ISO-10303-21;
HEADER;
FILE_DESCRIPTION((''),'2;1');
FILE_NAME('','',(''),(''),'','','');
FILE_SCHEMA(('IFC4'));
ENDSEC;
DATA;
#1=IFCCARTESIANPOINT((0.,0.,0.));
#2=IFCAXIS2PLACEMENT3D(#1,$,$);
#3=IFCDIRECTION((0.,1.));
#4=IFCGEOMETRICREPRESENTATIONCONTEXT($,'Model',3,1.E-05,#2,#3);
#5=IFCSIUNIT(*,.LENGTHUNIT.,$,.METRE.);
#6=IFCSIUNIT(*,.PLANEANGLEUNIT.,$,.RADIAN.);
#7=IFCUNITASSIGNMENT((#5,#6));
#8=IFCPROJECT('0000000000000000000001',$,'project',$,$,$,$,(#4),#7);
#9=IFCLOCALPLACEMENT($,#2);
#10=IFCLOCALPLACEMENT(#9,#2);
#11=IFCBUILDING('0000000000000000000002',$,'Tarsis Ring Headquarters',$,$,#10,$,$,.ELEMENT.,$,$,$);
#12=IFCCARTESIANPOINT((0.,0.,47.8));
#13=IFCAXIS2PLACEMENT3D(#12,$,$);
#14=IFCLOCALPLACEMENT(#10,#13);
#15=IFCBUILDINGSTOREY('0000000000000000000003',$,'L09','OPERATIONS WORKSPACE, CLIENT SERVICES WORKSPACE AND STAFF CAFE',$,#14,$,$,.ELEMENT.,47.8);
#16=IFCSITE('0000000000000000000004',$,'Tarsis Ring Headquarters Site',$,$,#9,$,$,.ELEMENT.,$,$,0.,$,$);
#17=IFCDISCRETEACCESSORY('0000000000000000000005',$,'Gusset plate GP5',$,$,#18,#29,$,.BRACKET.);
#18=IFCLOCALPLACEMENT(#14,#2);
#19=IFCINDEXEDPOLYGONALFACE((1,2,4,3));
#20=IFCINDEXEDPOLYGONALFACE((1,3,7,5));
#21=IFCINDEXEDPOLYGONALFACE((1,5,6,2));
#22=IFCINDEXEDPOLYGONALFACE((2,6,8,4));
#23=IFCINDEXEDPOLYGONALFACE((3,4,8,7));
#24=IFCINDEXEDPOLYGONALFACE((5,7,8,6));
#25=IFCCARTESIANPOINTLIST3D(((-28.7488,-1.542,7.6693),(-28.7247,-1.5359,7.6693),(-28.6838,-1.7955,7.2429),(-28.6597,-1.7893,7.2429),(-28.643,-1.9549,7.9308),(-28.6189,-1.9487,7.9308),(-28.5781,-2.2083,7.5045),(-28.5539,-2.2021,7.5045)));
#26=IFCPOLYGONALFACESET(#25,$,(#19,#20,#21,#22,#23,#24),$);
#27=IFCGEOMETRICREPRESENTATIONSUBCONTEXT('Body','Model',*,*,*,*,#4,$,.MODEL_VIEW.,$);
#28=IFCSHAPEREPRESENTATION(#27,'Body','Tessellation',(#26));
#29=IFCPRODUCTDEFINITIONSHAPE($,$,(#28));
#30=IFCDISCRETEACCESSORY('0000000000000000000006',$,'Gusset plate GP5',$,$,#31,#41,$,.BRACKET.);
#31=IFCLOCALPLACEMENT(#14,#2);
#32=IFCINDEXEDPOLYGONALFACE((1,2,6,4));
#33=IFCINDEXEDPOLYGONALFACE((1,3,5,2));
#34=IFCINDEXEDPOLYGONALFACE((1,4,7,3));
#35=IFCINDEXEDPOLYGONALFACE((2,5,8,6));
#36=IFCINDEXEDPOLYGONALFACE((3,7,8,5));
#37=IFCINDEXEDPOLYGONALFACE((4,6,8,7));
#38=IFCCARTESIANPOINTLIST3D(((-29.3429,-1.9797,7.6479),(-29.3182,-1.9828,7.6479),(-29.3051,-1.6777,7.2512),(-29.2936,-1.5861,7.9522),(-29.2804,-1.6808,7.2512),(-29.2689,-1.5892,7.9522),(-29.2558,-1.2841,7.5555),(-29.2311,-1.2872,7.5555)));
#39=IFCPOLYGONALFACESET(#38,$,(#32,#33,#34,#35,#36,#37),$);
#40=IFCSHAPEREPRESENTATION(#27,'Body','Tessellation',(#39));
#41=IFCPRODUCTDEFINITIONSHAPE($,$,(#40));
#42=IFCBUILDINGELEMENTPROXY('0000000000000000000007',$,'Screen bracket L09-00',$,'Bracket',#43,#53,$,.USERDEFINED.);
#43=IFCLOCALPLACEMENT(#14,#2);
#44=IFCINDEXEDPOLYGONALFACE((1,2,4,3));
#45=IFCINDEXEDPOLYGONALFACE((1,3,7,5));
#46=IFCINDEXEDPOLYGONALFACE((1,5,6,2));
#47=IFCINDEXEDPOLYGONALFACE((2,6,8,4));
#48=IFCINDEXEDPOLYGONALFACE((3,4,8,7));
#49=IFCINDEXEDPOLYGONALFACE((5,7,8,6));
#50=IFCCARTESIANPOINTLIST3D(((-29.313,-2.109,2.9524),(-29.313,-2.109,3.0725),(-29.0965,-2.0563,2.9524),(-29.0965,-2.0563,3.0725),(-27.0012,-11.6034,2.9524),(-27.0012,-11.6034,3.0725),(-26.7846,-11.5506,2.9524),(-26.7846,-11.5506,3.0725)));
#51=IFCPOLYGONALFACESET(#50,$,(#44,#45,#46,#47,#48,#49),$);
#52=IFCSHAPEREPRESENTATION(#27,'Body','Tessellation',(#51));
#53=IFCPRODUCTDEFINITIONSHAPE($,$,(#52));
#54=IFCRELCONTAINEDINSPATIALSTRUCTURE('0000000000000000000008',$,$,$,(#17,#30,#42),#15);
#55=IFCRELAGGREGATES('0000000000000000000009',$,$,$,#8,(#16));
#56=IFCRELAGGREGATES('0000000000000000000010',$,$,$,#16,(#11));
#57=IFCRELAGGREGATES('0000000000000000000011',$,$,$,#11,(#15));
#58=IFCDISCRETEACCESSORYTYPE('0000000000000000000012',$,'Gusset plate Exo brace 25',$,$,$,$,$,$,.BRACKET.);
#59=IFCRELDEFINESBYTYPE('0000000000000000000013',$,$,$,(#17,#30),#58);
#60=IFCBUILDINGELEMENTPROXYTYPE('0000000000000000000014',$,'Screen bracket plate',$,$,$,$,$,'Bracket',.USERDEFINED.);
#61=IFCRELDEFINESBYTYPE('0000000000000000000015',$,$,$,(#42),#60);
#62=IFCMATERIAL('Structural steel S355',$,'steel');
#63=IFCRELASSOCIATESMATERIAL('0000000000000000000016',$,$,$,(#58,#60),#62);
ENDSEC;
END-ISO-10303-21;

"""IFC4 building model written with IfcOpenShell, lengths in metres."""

from ifc_helpers import new_model, si_unit, direction, frame, origin, origin_2d, place, context, subcontext, project, spatial, rectangle, extrude, material, material_profile, profile_set, type_object, element, save


model = new_model("IFC4")

# Units and contexts
model_context = context("Model", 3, precision=1e-05, world=origin(), true_north=direction((0.0, 1.0)))
body_context = subcontext(model_context, "Body", "Model", "MODEL_VIEW")
ifc_project = project(units=[si_unit("LENGTHUNIT", "METRE"), si_unit("PLANEANGLEUNIT", "RADIAN")], contexts=[model_context])

# Site, building, storey
site_placement = place(None, origin())
site = spatial("IfcSite", under=ifc_project, at=site_placement, Name="Tarsis Ring Headquarters Site", CompositionType="ELEMENT", RefElevation=0.0)
building_placement = place(site_placement, origin())
building = spatial("IfcBuilding", under=site, at=building_placement, Name="Tarsis Ring Headquarters", CompositionType="ELEMENT")
storey_placement = place(building_placement, frame((0.0, 0.0, 47.8)))
storey = spatial("IfcBuildingStorey", under=building, at=storey_placement, Name="L09", Description="OPERATIONS WORKSPACE, CLIENT SERVICES WORKSPACE AND STAFF CAFE", CompositionType="ELEMENT", Elevation=47.8)

# Shared definitions
ifc_material_1 = material(Name="Structural steel S355", Category="steel")

# Discrete accessories
ifc_material_profile_1 = material_profile(ifc_material_1, rectangle(XDim=0.0249, YDim=0.5, at=origin_2d()), Name="PL 25x500")
ifc_profile_set_1 = profile_set([ifc_material_profile_1], Name="Structural steel S355")
discrete_accessory_type = type_object("IfcDiscreteAccessoryType", Name="Gusset plate Exo brace 25", PredefinedType="BRACKET", material=ifc_profile_set_1)
discrete_accessory_1_placement = place(storey_placement, frame((-28.6838, -1.7454, 7.8), z_axis=(0.129845, -0.50669, -0.852294), x_axis=(0.968698, 0.248241, 0.0)))
element("IfcDiscreteAccessory", 1, at=discrete_accessory_1_placement, inside=storey, type_object=discrete_accessory_type, Name="Gusset plate GP5", PredefinedType="BRACKET", context=body_context, shape_type="SweptSolid", body=[
    extrude(rectangle(XDim=0.0249, YDim=0.5, at=origin_2d()), origin(), (0.0, 0.0, 1.0), 0.5002),
])
discrete_accessory_2_placement = place(storey_placement, frame((-29.3059, -1.7844, 7.8), z_axis=(0.075679, 0.603967, -0.793408), x_axis=(-0.992241, 0.124331, 0.0)))
element("IfcDiscreteAccessory", 2, at=discrete_accessory_2_placement, inside=storey, type_object=discrete_accessory_type, Name="Gusset plate GP5", PredefinedType="BRACKET", context=body_context, shape_type="SweptSolid", body=[
    extrude(rectangle(XDim=0.0249, YDim=0.5, at=origin_2d()), origin(), (0.0, 0.0, 1.0), 0.5),
])

# Building element proxy
building_element_proxy_type = type_object("IfcBuildingElementProxyType", Name="Screen bracket plate", ElementType="Bracket", PredefinedType="USERDEFINED", material=ifc_material_1)
proxy_placement = place(storey_placement, frame((-28.0488, -6.8298, 2.9524), z_axis=(0.0, 0.0, 1.0), x_axis=(0.236583, -0.971611, 0.0)))
element("IfcBuildingElementProxy", 3, at=proxy_placement, inside=storey, type_object=building_element_proxy_type, Name="Screen bracket L09-00", ObjectType="Bracket", PredefinedType="USERDEFINED", context=body_context, shape_type="SweptSolid", body=[
    extrude(rectangle(XDim=9.7717, YDim=0.2229, at=origin_2d()), origin(), (0.0, 0.0, 1.0), 0.1201),
])

save(model, "model.ifc")
